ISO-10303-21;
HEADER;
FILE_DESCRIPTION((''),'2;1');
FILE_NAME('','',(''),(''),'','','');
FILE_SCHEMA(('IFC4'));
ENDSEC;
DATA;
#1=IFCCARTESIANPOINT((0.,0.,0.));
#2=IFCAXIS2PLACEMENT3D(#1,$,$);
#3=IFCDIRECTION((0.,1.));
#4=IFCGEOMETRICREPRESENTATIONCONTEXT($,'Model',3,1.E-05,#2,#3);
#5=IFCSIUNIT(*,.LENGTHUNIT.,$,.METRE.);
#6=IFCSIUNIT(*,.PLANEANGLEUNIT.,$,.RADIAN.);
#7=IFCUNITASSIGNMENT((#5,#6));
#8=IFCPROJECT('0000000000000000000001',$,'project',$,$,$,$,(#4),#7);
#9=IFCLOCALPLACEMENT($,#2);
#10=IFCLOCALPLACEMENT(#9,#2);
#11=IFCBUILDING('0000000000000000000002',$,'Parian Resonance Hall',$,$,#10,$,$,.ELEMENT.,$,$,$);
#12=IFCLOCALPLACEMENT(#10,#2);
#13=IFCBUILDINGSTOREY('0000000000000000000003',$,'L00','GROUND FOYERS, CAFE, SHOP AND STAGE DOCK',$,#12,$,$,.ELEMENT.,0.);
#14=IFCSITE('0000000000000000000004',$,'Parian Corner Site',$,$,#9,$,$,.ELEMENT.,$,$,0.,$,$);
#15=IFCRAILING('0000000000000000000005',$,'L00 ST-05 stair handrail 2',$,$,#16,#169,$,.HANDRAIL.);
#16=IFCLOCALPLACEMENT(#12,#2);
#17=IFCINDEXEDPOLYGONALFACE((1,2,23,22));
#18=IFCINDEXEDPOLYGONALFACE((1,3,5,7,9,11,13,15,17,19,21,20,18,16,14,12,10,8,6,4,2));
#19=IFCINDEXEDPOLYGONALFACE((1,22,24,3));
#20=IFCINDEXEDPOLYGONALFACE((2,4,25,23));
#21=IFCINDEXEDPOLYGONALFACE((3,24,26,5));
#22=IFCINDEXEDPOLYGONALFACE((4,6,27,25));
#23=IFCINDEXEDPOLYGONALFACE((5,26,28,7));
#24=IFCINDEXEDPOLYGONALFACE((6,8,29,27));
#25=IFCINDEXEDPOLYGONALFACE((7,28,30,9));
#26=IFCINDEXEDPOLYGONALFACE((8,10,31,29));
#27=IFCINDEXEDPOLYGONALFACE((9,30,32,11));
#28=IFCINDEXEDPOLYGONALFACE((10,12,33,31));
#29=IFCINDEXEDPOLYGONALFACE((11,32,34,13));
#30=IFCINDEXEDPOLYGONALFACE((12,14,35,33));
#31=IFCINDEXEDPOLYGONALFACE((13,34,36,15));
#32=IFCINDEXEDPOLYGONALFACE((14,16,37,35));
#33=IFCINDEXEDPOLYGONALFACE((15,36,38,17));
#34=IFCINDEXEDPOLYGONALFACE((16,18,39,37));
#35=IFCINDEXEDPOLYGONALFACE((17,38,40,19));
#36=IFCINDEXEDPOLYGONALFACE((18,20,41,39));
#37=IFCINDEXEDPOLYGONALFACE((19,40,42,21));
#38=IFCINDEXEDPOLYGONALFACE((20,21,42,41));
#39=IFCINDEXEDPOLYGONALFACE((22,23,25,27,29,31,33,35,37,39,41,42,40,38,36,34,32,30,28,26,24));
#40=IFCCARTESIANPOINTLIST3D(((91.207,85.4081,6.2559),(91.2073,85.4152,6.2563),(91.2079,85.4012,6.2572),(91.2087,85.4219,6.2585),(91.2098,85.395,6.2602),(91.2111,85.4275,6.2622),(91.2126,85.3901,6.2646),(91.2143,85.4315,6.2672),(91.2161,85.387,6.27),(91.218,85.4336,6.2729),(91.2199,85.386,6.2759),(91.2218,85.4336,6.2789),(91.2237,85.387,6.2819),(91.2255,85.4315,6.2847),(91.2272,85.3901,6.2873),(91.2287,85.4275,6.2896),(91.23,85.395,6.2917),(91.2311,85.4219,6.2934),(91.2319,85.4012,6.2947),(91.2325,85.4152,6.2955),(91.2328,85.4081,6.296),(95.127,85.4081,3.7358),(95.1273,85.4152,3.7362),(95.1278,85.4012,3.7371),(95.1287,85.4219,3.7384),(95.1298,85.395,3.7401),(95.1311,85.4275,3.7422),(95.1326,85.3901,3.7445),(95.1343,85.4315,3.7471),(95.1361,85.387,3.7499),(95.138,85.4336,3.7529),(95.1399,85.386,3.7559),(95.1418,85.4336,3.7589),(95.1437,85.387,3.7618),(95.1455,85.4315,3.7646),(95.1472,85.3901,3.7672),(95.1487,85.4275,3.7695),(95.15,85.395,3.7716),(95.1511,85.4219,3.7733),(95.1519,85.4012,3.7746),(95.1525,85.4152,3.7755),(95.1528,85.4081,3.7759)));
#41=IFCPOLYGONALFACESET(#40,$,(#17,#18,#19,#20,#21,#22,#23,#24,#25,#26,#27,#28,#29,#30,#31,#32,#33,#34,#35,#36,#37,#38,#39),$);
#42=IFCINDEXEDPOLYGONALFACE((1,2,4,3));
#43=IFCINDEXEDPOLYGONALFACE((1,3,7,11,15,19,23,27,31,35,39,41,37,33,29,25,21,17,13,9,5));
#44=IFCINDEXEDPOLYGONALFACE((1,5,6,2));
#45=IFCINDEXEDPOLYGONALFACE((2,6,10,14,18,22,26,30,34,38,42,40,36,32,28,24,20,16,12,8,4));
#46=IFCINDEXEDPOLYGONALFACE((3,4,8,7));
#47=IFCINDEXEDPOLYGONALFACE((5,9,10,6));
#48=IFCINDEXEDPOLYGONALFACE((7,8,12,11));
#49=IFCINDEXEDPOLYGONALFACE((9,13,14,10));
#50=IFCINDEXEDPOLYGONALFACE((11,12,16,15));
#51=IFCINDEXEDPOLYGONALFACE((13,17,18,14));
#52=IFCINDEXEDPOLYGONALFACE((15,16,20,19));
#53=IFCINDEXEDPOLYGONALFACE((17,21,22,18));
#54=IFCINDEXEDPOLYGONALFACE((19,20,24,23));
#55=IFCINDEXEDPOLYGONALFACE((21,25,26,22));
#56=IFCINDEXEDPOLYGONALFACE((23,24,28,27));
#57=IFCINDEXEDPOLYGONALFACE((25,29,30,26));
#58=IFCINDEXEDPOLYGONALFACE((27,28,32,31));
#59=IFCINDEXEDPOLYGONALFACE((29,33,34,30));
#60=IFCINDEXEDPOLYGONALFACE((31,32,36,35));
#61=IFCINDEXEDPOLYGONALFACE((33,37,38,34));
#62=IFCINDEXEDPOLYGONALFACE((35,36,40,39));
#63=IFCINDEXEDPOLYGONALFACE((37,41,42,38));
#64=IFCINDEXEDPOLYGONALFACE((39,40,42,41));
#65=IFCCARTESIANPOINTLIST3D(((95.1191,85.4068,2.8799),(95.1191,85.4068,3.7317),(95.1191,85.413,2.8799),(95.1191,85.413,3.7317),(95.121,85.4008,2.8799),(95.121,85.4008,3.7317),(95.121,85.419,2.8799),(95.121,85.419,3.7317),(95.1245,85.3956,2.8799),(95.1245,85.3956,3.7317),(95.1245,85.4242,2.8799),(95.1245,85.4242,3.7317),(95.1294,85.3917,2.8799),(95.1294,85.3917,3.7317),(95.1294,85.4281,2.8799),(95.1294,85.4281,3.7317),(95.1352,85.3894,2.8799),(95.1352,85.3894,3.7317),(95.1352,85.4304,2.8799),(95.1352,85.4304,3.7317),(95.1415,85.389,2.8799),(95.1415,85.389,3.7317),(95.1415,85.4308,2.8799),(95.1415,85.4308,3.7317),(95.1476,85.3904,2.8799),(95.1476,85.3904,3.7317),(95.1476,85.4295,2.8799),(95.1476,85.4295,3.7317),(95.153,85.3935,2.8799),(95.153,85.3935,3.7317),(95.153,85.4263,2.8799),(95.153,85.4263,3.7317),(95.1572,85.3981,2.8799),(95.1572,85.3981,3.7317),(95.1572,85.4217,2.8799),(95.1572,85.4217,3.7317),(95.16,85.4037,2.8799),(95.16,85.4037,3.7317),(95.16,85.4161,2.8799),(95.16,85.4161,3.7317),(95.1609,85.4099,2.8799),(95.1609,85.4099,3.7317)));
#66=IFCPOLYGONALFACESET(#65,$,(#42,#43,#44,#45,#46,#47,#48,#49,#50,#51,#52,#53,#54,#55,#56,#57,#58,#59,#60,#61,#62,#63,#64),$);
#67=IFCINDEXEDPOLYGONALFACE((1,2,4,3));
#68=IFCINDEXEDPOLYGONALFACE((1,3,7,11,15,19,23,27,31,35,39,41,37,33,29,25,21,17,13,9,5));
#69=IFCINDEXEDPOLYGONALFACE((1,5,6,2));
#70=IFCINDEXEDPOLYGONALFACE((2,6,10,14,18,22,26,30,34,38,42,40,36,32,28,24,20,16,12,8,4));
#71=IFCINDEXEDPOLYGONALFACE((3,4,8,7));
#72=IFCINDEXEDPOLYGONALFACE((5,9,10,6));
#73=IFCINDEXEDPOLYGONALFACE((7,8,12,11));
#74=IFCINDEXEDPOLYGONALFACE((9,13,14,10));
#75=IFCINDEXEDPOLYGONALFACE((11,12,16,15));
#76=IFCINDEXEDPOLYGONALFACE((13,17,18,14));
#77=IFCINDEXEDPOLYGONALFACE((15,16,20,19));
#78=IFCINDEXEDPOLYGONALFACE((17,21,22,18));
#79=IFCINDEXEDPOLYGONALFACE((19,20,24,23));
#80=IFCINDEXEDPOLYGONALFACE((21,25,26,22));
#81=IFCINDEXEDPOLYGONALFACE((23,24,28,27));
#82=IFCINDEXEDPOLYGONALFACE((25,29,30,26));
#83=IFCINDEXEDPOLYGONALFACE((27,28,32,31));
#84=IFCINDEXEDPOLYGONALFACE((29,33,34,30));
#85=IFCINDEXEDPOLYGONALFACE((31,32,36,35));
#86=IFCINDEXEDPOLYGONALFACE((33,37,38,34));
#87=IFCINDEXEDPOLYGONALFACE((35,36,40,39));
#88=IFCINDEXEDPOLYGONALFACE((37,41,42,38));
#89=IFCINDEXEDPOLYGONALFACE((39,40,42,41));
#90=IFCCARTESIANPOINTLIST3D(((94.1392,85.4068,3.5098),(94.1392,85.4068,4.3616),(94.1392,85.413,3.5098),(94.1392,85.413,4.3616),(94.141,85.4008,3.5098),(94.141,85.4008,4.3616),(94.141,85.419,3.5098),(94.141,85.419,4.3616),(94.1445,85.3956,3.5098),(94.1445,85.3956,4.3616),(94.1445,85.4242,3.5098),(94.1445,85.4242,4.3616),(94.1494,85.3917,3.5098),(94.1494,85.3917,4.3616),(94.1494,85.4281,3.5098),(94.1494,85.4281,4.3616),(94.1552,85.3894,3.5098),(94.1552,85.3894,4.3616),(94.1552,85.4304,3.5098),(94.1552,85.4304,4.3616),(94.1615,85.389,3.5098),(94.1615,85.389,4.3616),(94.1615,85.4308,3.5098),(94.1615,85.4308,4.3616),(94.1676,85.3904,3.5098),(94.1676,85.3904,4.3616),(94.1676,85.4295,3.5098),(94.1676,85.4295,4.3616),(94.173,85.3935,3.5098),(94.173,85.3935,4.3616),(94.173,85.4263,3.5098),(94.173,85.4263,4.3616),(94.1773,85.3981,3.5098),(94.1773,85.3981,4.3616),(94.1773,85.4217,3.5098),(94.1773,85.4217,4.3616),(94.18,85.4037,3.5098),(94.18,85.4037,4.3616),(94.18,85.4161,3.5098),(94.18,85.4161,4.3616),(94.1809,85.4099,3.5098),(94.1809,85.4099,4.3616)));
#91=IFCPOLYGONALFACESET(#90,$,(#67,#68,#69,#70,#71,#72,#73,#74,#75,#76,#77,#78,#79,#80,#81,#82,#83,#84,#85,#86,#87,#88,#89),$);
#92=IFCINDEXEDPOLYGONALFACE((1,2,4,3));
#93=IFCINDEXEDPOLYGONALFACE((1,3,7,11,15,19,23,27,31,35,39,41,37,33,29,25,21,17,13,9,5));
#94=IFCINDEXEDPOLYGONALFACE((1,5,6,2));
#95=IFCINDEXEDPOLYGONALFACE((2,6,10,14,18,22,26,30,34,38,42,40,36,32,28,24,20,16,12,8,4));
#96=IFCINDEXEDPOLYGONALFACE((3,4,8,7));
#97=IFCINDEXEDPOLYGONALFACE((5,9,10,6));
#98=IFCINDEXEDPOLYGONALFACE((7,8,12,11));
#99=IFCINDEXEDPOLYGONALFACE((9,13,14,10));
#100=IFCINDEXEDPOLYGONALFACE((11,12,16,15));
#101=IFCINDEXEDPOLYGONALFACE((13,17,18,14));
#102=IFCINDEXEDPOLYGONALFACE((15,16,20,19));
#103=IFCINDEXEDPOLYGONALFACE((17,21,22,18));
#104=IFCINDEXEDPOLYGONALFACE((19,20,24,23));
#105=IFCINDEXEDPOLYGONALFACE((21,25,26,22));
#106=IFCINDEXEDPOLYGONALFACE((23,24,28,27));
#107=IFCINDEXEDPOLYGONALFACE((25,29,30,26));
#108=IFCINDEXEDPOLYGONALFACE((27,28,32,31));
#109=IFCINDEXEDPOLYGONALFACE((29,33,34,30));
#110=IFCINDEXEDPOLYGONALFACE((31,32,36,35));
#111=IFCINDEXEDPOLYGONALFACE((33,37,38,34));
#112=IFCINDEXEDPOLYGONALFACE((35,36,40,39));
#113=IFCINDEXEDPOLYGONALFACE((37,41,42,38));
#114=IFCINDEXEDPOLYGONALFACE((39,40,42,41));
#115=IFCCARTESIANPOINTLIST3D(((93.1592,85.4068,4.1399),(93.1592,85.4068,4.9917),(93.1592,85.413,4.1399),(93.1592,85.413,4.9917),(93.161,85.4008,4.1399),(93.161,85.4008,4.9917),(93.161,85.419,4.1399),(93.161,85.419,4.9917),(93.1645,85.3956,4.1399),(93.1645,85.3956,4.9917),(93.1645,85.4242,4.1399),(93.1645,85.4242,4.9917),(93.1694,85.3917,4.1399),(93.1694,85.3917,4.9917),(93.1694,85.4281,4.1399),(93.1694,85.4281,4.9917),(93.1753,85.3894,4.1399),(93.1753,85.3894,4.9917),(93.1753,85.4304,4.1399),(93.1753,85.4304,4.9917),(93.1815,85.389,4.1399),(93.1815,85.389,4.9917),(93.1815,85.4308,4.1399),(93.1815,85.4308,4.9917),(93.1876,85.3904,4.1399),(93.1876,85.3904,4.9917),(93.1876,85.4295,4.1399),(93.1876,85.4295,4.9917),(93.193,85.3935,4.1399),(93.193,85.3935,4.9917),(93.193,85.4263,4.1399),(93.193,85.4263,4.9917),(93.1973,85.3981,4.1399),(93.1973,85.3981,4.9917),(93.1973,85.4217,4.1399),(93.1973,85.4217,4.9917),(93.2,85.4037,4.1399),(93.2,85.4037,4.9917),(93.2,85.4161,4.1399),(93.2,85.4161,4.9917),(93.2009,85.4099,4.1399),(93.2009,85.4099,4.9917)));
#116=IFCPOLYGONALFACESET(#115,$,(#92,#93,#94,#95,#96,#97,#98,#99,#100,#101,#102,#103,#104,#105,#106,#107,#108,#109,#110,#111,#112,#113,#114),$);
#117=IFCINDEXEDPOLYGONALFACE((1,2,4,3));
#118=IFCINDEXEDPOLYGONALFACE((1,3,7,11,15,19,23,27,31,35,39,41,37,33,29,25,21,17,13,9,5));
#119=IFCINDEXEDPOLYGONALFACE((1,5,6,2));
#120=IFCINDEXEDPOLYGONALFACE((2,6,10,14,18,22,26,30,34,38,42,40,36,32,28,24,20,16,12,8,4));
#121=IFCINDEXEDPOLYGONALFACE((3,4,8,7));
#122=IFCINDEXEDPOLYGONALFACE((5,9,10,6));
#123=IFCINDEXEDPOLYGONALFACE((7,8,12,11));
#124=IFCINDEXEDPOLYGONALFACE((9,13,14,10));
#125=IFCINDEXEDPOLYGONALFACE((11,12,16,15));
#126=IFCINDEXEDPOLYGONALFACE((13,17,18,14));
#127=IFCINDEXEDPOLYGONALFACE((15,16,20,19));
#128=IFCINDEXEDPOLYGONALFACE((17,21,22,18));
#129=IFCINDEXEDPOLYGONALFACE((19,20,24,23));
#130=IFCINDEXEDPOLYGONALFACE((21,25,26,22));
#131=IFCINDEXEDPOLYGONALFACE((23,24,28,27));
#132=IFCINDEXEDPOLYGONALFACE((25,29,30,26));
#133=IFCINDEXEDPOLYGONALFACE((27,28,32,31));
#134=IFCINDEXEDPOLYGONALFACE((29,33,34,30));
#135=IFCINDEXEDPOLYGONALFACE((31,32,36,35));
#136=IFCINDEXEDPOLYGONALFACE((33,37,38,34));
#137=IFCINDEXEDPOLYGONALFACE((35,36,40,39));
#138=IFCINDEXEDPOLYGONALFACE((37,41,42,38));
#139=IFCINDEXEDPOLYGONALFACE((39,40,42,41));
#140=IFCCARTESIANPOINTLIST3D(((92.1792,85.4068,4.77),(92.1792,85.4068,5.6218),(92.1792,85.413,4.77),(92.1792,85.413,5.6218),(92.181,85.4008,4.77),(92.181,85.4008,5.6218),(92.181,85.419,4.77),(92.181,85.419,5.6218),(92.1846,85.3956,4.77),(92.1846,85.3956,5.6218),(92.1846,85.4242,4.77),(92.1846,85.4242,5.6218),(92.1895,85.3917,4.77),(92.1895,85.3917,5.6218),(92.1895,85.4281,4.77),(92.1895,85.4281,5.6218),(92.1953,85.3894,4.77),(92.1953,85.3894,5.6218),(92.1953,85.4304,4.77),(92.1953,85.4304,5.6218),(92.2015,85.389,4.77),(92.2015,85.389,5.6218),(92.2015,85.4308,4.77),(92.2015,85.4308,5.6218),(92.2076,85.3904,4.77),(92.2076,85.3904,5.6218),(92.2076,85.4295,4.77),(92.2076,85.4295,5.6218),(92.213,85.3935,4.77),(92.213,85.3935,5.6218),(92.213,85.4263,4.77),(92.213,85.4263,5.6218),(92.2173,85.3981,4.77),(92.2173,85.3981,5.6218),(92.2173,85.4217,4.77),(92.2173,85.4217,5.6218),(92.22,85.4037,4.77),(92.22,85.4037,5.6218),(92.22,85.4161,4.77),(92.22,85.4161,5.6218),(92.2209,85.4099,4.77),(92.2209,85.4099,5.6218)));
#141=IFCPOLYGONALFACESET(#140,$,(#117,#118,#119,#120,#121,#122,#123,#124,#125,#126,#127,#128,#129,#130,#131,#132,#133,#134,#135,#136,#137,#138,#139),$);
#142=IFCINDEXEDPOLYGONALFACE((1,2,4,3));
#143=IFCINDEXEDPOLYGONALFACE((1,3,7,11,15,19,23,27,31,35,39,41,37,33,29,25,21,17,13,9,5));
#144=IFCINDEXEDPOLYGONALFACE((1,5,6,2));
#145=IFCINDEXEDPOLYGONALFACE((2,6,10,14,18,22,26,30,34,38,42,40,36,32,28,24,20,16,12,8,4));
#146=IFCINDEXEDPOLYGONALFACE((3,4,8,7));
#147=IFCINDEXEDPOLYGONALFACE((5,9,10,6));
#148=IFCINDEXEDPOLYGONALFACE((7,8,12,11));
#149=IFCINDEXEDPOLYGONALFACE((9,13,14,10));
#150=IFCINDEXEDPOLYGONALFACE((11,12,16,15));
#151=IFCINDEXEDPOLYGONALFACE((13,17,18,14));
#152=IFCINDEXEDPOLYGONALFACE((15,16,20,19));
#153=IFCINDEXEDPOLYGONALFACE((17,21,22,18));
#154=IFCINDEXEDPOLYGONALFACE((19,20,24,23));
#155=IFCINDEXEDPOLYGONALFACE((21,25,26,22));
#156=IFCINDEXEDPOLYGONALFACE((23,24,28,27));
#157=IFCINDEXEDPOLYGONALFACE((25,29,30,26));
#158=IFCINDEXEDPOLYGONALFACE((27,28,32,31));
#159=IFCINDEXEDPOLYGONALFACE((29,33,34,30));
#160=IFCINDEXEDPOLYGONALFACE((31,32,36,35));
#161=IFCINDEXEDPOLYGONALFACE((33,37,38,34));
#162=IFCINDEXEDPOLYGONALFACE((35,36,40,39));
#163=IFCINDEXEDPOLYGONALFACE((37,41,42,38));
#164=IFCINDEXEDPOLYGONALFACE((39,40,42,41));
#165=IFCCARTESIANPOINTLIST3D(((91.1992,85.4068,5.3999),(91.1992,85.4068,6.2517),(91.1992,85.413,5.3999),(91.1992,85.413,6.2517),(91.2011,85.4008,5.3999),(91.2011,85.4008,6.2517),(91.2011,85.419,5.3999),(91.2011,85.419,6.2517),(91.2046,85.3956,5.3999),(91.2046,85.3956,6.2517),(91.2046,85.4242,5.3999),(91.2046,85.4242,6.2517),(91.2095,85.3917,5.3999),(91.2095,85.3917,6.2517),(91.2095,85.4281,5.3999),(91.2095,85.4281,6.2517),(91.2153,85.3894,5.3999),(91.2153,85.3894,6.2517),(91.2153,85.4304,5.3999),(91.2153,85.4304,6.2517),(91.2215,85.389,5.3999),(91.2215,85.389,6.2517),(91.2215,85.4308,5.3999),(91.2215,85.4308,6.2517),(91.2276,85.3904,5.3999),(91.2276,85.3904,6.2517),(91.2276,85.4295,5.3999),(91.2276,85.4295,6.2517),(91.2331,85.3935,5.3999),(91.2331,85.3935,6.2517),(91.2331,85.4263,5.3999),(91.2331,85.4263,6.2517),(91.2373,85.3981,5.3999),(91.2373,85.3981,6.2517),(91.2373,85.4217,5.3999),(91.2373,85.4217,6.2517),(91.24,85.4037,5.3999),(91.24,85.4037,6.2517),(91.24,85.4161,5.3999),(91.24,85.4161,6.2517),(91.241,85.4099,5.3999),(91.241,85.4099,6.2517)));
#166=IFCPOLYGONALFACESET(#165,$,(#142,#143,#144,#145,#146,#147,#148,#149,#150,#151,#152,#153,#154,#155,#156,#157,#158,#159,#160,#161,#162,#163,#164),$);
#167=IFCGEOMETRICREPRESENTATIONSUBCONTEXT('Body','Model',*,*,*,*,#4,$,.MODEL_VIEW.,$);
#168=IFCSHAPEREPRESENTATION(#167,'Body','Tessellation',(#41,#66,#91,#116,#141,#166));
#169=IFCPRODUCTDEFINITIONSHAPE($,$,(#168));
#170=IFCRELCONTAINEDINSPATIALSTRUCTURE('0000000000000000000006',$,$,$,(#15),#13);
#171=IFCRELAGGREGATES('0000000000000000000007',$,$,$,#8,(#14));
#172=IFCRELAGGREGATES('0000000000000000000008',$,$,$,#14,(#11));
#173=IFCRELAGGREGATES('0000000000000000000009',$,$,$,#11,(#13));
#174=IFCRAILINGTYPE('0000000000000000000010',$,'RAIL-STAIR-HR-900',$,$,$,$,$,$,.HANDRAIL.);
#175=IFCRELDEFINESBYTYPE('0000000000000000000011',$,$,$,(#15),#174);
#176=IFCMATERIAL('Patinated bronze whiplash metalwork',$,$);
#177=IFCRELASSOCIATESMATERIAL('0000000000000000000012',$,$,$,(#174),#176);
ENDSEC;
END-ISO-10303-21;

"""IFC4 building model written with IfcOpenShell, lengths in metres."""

from ifc_helpers import new_model, si_unit, direction, frame, origin, origin_2d, place, context, subcontext, project, spatial, circle, extrude, material, type_object, element, save


model = new_model("IFC4")

# Units and contexts
model_context = context("Model", 3, precision=1e-05, world=origin(), true_north=direction((0.0, 1.0)))
body_context = subcontext(model_context, "Body", "Model", "MODEL_VIEW")
ifc_project = project(units=[si_unit("LENGTHUNIT", "METRE"), si_unit("PLANEANGLEUNIT", "RADIAN")], contexts=[model_context])

# Site, building, storey
site_placement = place(None, origin())
site = spatial("IfcSite", under=ifc_project, at=site_placement, Name="Parian Corner Site", CompositionType="ELEMENT", RefElevation=0.0)
building_placement = place(site_placement, origin())
building = spatial("IfcBuilding", under=site, at=building_placement, Name="Parian Resonance Hall", CompositionType="ELEMENT")
storey_placement = place(building_placement, origin())
storey = spatial("IfcBuildingStorey", under=building, at=storey_placement, Name="L00", Description="GROUND FOYERS, CAFE, SHOP AND STAGE DOCK", CompositionType="ELEMENT", Elevation=0.0)

# Railing
ifc_material_1 = material(Name="Patinated bronze whiplash metalwork")
railing_type_1 = type_object("IfcRailingType", Name="RAIL-STAIR-HR-900", PredefinedType="HANDRAIL", material=ifc_material_1)
railing_1_placement = place(storey_placement, frame((95.1399, 85.4099, 2.8799)))
element("IfcRailing", 1, at=railing_1_placement, inside=storey, type_object=railing_type_1, Name="L00 ST-05 stair handrail 2", PredefinedType="HANDRAIL", context=body_context, shape_type="SweptSolid", body=[
    extrude(circle(Radius=0.0239, at=origin_2d()), frame((0.0, 0.0, 0.876), z_axis=(-0.841172, 0.0, 0.540768), x_axis=(0.0, -1.0, 0.0)), (0.0, 0.0, 1.0), 4.6602),
    extrude(circle(Radius=0.021, at=origin_2d()), origin(), (0.0, 0.0, 1.0), 0.8518),
    extrude(circle(Radius=0.021, at=origin_2d()), frame((-0.98, 0.0, 0.6299)), (0.0, 0.0, 1.0), 0.8518),
    extrude(circle(Radius=0.021, at=origin_2d()), frame((-1.96, 0.0, 1.26)), (0.0, 0.0, 1.0), 0.8518),
    extrude(circle(Radius=0.021, at=origin_2d()), frame((-2.9399, 0.0, 1.8901)), (0.0, 0.0, 1.0), 0.8518),
    extrude(circle(Radius=0.021, at=origin_2d()), frame((-3.9199, 0.0, 2.52)), (0.0, 0.0, 1.0), 0.8518),
])

save(model, "model.ifc")
